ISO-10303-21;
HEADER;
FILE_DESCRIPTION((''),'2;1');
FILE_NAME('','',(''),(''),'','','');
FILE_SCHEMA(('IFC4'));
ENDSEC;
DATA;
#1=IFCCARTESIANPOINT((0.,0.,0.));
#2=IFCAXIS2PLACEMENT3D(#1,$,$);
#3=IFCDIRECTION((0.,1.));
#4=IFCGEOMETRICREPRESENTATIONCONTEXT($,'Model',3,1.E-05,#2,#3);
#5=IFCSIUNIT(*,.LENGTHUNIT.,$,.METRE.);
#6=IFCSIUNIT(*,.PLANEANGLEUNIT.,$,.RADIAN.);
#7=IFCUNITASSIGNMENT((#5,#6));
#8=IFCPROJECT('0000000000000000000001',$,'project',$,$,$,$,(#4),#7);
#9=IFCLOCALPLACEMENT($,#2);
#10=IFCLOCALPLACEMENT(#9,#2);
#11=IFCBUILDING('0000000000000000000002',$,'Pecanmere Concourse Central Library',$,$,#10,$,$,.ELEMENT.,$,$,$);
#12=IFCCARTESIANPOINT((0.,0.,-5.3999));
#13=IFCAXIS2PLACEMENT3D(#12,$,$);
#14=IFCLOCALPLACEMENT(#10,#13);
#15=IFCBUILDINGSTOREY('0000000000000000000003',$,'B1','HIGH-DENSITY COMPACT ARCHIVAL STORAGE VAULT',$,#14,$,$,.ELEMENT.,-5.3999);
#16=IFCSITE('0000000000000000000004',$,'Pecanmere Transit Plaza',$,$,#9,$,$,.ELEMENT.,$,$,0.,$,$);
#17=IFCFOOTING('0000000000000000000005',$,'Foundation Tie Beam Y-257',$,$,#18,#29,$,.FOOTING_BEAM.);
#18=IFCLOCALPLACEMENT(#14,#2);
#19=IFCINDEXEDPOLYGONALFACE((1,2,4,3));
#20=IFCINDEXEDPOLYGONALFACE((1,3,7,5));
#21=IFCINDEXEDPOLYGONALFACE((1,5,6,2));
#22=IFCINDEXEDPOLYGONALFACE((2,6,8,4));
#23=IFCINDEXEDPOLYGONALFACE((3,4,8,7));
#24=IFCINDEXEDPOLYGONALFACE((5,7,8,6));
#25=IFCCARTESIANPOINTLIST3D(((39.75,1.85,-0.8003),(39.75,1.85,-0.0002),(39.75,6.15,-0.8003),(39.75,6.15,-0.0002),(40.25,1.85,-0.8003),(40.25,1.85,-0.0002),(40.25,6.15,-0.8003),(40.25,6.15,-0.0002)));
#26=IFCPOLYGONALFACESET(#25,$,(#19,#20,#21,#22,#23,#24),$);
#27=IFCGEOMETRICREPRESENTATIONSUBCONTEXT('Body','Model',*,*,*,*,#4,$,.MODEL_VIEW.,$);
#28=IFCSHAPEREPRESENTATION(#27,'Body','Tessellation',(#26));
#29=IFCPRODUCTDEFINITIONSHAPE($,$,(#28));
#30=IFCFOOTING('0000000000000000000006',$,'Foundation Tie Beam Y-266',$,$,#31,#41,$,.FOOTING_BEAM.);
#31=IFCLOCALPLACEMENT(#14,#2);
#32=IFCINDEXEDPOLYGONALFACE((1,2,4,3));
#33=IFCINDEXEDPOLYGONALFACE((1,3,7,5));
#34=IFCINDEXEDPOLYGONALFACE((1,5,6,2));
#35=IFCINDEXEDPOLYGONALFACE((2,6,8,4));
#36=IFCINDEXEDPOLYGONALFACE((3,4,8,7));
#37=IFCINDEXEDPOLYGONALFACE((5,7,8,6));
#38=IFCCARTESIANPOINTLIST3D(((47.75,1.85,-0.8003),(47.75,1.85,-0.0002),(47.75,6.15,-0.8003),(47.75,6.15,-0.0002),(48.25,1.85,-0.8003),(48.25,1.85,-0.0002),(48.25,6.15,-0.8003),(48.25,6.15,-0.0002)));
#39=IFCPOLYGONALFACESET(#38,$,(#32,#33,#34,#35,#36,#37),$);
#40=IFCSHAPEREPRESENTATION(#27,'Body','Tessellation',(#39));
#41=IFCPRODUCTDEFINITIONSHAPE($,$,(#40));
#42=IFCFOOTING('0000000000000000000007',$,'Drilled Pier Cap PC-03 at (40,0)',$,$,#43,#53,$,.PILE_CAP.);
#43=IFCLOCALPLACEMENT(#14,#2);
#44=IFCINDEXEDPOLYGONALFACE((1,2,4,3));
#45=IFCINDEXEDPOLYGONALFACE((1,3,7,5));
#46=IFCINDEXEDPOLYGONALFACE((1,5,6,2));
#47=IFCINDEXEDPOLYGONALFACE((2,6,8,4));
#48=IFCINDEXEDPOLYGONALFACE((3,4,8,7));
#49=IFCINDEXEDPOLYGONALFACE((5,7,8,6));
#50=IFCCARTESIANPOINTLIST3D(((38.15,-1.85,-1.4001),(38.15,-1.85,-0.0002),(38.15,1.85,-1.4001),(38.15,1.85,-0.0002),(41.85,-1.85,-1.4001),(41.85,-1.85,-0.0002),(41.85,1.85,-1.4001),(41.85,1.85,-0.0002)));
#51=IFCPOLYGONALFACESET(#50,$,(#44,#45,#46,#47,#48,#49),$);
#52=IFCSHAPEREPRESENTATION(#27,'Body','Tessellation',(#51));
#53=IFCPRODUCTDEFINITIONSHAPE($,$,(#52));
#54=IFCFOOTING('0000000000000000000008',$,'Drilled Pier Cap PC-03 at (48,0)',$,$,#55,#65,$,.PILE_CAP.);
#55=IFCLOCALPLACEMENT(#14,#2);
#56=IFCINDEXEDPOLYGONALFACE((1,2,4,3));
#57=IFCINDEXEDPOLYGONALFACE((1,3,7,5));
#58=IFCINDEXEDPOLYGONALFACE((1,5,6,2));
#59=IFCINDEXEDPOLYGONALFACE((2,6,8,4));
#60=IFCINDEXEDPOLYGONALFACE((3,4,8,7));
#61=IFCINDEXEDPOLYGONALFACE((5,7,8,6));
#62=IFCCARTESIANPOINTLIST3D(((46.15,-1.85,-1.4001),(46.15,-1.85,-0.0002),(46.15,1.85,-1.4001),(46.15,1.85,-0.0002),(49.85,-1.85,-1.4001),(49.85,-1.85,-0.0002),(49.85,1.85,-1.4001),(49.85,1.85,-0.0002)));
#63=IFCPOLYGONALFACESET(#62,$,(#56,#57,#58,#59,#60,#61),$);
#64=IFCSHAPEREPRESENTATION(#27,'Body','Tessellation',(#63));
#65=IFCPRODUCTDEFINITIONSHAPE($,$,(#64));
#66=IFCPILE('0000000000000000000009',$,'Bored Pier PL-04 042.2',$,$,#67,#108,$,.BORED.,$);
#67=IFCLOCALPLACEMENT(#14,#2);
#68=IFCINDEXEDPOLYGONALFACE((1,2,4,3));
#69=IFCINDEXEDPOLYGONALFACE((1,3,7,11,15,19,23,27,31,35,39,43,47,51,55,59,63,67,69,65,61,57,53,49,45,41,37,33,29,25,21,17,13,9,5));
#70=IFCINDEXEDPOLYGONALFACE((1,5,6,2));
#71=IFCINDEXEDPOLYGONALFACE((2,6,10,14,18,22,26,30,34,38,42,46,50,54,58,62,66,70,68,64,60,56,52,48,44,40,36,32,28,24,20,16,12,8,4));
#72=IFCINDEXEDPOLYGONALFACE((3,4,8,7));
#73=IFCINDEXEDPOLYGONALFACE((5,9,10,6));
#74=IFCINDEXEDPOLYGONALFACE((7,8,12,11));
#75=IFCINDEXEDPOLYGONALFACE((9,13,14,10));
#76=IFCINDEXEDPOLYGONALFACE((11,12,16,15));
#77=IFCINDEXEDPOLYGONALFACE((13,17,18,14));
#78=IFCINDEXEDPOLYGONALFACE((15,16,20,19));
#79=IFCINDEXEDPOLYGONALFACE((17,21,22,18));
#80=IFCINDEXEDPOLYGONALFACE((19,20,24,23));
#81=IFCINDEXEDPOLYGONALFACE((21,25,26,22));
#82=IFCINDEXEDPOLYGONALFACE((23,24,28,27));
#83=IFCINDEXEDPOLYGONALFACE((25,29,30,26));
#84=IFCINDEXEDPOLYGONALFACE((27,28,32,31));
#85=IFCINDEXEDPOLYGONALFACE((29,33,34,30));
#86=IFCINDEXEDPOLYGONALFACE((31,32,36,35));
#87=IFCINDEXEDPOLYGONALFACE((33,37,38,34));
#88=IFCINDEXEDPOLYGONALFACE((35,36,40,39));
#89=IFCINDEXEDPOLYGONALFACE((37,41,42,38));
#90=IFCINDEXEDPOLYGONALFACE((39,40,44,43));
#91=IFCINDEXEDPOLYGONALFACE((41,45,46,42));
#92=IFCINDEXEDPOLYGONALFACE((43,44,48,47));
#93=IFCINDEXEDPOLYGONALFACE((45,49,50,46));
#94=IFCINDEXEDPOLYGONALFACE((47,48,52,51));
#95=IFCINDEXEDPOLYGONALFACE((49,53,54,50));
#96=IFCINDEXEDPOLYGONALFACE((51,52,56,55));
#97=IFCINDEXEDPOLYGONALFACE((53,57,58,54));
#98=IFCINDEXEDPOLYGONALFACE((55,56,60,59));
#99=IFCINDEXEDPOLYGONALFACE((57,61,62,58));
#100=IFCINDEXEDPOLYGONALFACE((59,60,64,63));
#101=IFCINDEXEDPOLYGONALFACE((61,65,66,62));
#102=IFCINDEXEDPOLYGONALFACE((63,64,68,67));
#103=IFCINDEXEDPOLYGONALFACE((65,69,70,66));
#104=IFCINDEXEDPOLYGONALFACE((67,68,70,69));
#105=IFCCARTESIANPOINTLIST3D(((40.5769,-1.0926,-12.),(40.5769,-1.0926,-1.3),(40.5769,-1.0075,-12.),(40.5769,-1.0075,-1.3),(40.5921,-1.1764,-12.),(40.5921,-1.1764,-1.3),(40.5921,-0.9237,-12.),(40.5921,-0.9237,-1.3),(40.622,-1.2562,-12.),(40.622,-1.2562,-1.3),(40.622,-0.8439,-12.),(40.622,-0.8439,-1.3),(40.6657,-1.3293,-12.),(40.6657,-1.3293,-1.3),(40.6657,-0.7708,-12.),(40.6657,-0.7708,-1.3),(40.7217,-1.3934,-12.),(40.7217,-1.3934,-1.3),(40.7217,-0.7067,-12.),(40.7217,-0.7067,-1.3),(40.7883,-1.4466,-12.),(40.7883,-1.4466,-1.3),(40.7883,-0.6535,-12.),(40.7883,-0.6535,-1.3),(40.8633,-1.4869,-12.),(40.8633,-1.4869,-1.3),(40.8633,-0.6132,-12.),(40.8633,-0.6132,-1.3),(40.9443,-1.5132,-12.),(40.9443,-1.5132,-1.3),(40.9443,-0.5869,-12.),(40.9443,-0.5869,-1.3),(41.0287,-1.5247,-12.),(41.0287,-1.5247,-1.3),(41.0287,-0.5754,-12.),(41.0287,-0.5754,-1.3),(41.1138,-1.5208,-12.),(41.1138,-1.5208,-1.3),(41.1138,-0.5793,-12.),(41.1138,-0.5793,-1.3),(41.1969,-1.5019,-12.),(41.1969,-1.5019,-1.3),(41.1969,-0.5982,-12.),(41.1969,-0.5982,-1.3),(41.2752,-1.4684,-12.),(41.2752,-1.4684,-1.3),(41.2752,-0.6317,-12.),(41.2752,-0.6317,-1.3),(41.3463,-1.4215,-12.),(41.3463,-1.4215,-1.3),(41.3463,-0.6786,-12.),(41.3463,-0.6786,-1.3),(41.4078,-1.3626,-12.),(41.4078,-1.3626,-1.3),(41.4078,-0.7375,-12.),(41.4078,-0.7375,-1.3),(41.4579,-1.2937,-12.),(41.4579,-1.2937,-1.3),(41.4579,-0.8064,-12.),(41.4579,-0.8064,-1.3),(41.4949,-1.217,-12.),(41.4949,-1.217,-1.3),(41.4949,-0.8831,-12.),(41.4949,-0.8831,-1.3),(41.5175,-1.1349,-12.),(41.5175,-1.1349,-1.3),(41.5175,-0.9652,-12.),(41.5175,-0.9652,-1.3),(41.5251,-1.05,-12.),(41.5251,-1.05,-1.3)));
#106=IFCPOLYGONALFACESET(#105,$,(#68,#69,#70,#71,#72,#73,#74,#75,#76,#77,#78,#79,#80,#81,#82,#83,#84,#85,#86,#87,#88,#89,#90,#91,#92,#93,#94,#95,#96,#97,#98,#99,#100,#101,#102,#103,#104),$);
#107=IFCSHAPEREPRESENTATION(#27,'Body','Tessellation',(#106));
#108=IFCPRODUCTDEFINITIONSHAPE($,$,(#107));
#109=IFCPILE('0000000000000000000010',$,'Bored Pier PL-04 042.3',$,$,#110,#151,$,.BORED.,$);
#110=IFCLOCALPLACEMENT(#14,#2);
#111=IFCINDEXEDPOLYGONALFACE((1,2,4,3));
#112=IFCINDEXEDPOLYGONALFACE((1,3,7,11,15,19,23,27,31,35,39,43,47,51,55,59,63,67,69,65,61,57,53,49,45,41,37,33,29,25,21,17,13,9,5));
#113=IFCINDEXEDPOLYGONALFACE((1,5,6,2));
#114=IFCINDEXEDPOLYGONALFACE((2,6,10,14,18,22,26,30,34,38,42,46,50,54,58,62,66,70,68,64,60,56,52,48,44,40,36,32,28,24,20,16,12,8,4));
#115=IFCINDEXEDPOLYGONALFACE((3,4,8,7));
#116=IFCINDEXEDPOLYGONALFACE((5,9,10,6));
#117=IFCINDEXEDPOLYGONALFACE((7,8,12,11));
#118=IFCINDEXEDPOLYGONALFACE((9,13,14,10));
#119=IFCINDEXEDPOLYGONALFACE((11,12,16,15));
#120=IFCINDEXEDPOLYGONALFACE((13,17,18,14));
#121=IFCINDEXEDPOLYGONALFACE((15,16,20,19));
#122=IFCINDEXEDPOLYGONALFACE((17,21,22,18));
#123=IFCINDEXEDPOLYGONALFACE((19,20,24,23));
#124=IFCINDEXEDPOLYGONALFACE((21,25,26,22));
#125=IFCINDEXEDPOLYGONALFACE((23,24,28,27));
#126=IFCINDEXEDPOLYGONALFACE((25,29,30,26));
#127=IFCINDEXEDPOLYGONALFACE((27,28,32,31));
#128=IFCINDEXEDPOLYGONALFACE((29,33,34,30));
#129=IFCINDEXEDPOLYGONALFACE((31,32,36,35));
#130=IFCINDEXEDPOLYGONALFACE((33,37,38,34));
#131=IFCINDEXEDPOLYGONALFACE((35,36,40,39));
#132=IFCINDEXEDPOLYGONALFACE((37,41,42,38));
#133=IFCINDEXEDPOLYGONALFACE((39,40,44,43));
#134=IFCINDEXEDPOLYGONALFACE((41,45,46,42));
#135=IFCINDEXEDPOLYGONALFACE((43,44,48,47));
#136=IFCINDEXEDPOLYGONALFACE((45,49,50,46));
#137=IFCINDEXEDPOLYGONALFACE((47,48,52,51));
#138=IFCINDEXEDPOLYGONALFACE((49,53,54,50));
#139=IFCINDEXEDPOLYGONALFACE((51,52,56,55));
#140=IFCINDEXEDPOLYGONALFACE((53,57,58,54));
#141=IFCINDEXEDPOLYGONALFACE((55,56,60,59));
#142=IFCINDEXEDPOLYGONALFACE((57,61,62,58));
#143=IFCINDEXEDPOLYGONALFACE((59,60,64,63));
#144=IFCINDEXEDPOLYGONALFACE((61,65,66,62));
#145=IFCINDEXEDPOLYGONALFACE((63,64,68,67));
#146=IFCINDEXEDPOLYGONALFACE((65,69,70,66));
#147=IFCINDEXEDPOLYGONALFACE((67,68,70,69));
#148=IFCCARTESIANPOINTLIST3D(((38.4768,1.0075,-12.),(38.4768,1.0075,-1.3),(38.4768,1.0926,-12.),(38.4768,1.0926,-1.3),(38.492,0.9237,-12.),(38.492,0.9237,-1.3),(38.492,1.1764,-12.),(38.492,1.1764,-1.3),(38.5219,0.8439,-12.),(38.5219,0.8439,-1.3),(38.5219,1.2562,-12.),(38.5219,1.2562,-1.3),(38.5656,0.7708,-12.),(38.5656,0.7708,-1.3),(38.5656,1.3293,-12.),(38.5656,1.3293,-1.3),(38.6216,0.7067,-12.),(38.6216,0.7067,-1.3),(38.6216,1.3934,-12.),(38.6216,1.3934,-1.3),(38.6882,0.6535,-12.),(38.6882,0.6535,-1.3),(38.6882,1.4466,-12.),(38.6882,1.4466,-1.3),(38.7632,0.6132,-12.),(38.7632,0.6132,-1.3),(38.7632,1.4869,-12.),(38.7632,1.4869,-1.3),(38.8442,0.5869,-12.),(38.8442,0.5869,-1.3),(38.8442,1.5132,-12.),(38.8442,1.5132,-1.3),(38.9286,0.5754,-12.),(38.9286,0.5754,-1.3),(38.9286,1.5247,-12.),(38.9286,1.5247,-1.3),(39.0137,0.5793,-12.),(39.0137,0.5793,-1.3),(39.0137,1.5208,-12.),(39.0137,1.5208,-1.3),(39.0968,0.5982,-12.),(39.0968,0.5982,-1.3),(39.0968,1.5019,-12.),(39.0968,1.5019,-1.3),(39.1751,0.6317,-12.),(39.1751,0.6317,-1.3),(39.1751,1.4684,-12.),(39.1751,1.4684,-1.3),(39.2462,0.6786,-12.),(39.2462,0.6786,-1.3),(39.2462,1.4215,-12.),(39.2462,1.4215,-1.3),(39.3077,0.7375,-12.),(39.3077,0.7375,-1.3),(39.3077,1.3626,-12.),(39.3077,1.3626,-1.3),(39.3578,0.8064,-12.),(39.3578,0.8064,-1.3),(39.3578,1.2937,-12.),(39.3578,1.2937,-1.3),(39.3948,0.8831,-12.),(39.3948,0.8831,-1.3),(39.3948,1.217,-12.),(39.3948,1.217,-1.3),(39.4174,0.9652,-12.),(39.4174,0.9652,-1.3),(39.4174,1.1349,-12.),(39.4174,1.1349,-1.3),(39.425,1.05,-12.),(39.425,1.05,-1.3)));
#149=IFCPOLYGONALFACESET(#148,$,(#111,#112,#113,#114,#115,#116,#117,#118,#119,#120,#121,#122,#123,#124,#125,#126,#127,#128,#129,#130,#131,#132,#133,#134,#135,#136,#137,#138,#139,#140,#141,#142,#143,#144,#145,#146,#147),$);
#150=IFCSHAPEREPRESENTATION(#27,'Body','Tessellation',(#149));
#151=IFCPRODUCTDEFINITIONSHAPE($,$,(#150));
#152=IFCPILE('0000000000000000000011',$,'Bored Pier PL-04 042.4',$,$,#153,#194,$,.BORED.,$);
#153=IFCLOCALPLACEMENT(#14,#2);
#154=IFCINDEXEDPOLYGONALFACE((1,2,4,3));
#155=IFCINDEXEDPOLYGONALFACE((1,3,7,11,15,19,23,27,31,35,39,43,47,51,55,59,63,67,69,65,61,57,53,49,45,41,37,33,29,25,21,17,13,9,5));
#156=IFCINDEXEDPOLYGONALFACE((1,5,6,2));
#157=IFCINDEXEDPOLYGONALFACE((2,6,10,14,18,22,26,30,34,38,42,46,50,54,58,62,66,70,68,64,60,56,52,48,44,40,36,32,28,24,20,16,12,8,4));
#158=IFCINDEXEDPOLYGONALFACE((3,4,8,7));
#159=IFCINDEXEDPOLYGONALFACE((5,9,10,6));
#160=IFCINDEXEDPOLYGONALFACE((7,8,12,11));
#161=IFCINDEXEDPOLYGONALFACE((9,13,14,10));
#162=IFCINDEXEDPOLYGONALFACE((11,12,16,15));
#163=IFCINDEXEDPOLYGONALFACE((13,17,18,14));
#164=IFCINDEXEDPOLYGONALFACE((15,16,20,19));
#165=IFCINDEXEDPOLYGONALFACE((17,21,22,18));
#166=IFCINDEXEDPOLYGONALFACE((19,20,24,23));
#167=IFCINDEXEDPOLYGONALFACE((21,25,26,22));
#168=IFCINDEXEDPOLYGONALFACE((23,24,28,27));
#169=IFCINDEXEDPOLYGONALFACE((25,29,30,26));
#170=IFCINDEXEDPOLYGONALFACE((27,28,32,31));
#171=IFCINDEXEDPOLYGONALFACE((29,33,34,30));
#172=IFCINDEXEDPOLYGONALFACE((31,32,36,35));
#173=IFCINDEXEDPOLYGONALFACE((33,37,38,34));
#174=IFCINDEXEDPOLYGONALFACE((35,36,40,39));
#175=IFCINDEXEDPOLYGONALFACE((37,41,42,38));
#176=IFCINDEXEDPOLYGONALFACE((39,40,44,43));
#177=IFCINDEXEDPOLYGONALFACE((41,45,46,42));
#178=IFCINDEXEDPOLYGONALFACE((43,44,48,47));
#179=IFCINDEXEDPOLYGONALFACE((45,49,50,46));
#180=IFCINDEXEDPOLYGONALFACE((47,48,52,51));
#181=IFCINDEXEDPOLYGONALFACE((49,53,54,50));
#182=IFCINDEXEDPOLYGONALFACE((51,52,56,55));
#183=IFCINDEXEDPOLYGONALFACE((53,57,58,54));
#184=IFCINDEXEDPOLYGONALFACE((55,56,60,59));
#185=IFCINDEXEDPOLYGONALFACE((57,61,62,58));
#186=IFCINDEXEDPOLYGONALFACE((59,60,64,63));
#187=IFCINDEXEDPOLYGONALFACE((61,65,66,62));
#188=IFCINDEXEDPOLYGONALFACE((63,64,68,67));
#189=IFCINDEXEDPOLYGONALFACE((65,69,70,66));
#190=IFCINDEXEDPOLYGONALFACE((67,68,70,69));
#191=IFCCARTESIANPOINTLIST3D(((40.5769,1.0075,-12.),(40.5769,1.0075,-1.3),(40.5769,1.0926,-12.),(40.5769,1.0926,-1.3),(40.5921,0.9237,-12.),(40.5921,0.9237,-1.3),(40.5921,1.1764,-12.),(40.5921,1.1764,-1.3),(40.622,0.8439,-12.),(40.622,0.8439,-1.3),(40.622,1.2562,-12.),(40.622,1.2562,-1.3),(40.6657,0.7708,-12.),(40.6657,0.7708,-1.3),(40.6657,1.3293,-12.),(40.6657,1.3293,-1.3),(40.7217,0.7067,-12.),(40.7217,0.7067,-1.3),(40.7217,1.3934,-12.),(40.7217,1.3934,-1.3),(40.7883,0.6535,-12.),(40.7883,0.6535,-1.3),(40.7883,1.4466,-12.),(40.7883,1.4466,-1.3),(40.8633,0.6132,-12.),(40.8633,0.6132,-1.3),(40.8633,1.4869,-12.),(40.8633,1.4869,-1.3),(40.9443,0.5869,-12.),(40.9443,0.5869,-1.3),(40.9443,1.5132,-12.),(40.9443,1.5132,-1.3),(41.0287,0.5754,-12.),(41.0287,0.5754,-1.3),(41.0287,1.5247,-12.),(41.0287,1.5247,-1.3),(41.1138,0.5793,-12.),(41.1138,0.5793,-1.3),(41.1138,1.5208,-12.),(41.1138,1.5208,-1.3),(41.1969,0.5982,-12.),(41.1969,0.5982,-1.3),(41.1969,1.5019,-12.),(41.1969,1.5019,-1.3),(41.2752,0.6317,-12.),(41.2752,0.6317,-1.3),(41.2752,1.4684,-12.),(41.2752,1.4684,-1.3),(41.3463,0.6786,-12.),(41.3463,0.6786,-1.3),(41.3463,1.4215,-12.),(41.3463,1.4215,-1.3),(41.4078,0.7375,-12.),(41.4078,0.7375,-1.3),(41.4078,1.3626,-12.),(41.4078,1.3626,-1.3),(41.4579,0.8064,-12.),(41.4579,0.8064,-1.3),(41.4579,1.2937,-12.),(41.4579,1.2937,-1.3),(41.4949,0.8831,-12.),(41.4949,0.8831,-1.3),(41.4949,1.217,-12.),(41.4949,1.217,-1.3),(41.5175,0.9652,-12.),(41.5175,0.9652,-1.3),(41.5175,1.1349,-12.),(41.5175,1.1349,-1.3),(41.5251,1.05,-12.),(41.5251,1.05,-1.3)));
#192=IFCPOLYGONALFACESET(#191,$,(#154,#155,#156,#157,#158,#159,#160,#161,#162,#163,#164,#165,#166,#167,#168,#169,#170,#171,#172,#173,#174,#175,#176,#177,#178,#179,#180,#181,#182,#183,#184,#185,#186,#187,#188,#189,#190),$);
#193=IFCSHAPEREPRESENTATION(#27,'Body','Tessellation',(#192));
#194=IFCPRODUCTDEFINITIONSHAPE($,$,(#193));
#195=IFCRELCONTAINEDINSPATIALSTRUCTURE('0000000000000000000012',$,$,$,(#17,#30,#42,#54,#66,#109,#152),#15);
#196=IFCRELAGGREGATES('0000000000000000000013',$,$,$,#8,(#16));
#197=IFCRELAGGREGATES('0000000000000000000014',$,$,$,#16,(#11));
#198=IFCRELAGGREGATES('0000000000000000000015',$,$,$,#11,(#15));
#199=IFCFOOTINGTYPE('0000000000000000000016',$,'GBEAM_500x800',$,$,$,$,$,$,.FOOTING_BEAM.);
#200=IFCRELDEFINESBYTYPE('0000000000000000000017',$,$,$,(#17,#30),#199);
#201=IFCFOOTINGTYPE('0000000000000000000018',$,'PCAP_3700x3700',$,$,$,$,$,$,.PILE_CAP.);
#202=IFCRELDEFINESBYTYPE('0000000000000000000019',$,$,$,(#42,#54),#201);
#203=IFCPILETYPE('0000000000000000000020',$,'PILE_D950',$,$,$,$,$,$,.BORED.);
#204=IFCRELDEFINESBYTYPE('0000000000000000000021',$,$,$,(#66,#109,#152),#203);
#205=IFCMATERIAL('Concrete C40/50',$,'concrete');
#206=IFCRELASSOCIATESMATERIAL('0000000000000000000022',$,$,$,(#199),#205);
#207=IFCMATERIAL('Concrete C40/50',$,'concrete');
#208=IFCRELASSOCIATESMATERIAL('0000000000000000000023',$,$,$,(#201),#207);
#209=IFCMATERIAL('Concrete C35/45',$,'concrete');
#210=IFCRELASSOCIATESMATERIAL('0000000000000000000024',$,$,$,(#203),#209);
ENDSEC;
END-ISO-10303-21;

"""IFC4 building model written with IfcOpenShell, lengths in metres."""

from ifc_helpers import new_model, si_unit, direction, frame, origin, origin_2d, place, context, subcontext, project, spatial, rectangle, circle, extrude, material, material_profile, profile_set, type_object, element, save


model = new_model("IFC4")

# Units and contexts
model_context = context("Model", 3, precision=1e-05, world=origin(), true_north=direction((0.0, 1.0)))
body_context = subcontext(model_context, "Body", "Model", "MODEL_VIEW")
ifc_project = project(units=[si_unit("LENGTHUNIT", "METRE"), si_unit("PLANEANGLEUNIT", "RADIAN")], contexts=[model_context])

# Site, building, storey
site_placement = place(None, origin())
site = spatial("IfcSite", under=ifc_project, at=site_placement, Name="Pecanmere Transit Plaza", CompositionType="ELEMENT", RefElevation=0.0)
building_placement = place(site_placement, origin())
building = spatial("IfcBuilding", under=site, at=building_placement, Name="Pecanmere Concourse Central Library", CompositionType="ELEMENT")
storey_placement = place(building_placement, frame((0.0, 0.0, -5.3999)))
storey = spatial("IfcBuildingStorey", under=building, at=storey_placement, Name="B1", Description="HIGH-DENSITY COMPACT ARCHIVAL STORAGE VAULT", CompositionType="ELEMENT", Elevation=-5.3999)

# Footings
ifc_material_1 = material(Name="Concrete C40/50", Category="concrete")
ifc_material_profile_1 = material_profile(ifc_material_1, rectangle(XDim=0.5, YDim=0.8, at=origin_2d()), Name="RC 500x800")
ifc_profile_set_1 = profile_set([ifc_material_profile_1], Name="Concrete C40/50")
footing_type_1 = type_object("IfcFootingType", Name="GBEAM_500x800", PredefinedType="FOOTING_BEAM", material=ifc_profile_set_1)
for number, where, z_axis, x_axis, name in (
    (1, (40.0, 4.0, -0.8003), (0.0, 0.0, 1.0), (0.0, 1.0, 0.0), "Foundation Tie Beam Y-257"),
    (2, (48.0, 4.0, -0.8003), (0.0, 0.0, 1.0), (0.0, 1.0, 0.0), "Foundation Tie Beam Y-266"),
):
    element("IfcFooting", number, at=place(storey_placement, frame(where, z_axis=z_axis, x_axis=x_axis)), inside=storey, type_object=footing_type_1, Name=name, PredefinedType="FOOTING_BEAM", context=body_context, shape_type="SweptSolid", body=[
        extrude(rectangle(XDim=4.3, YDim=0.5, at=origin_2d()), origin(), (0.0, 0.0, 1.0), 0.8),
    ])
ifc_material_2 = material(Name="Concrete C40/50", Category="concrete")
footing_type_2 = type_object("IfcFootingType", Name="PCAP_3700x3700", PredefinedType="PILE_CAP", material=ifc_material_2)
for number, where, z_axis, x_axis, name in (
    (3, (40.0, 0.0, -1.4001), (0.0, 0.0, 1.0), (1.0, 0.0, 0.0), "Drilled Pier Cap PC-03 at (40,0)"),
    (4, (48.0, 0.0, -1.4001), (0.0, 0.0, 1.0), (1.0, 0.0, 0.0), "Drilled Pier Cap PC-03 at (48,0)"),
):
    element("IfcFooting", number, at=place(storey_placement, frame(where, z_axis=z_axis, x_axis=x_axis)), inside=storey, type_object=footing_type_2, Name=name, PredefinedType="PILE_CAP", context=body_context, shape_type="SweptSolid", body=[
        extrude(rectangle(XDim=3.7, YDim=3.7, at=origin_2d()), origin(), (0.0, 0.0, 1.0), 1.3999),
    ])

# Piles
ifc_material_3 = material(Name="Concrete C35/45", Category="concrete")
ifc_material_profile_2 = material_profile(ifc_material_3, circle(Radius=0.4751, at=origin_2d()), Name="PIER D950")
ifc_profile_set_2 = profile_set([ifc_material_profile_2], Name="Concrete C35/45")
pile_type = type_object("IfcPileType", Name="PILE_D950", PredefinedType="BORED", material=ifc_profile_set_2)
for number, where, z_axis, x_axis, name in (
    (5, (41.05, -1.05, -1.3), (0.0, 0.0, -1.0), (1.0, 0.0, 0.0), "Bored Pier PL-04 042.2"),
    (6, (38.95, 1.05, -1.3), (0.0, 0.0, -1.0), (1.0, 0.0, 0.0), "Bored Pier PL-04 042.3"),
    (7, (41.05, 1.05, -1.3), (0.0, 0.0, -1.0), (1.0, 0.0, 0.0), "Bored Pier PL-04 042.4"),
):
    element("IfcPile", number, at=place(storey_placement, frame(where, z_axis=z_axis, x_axis=x_axis)), inside=storey, type_object=pile_type, Name=name, PredefinedType="BORED", context=body_context, shape_type="SweptSolid", body=[
        extrude(circle(Radius=0.4751, at=origin_2d()), origin(), (0.0, 0.0, 1.0), 10.7),
    ])

save(model, "model.ifc")
